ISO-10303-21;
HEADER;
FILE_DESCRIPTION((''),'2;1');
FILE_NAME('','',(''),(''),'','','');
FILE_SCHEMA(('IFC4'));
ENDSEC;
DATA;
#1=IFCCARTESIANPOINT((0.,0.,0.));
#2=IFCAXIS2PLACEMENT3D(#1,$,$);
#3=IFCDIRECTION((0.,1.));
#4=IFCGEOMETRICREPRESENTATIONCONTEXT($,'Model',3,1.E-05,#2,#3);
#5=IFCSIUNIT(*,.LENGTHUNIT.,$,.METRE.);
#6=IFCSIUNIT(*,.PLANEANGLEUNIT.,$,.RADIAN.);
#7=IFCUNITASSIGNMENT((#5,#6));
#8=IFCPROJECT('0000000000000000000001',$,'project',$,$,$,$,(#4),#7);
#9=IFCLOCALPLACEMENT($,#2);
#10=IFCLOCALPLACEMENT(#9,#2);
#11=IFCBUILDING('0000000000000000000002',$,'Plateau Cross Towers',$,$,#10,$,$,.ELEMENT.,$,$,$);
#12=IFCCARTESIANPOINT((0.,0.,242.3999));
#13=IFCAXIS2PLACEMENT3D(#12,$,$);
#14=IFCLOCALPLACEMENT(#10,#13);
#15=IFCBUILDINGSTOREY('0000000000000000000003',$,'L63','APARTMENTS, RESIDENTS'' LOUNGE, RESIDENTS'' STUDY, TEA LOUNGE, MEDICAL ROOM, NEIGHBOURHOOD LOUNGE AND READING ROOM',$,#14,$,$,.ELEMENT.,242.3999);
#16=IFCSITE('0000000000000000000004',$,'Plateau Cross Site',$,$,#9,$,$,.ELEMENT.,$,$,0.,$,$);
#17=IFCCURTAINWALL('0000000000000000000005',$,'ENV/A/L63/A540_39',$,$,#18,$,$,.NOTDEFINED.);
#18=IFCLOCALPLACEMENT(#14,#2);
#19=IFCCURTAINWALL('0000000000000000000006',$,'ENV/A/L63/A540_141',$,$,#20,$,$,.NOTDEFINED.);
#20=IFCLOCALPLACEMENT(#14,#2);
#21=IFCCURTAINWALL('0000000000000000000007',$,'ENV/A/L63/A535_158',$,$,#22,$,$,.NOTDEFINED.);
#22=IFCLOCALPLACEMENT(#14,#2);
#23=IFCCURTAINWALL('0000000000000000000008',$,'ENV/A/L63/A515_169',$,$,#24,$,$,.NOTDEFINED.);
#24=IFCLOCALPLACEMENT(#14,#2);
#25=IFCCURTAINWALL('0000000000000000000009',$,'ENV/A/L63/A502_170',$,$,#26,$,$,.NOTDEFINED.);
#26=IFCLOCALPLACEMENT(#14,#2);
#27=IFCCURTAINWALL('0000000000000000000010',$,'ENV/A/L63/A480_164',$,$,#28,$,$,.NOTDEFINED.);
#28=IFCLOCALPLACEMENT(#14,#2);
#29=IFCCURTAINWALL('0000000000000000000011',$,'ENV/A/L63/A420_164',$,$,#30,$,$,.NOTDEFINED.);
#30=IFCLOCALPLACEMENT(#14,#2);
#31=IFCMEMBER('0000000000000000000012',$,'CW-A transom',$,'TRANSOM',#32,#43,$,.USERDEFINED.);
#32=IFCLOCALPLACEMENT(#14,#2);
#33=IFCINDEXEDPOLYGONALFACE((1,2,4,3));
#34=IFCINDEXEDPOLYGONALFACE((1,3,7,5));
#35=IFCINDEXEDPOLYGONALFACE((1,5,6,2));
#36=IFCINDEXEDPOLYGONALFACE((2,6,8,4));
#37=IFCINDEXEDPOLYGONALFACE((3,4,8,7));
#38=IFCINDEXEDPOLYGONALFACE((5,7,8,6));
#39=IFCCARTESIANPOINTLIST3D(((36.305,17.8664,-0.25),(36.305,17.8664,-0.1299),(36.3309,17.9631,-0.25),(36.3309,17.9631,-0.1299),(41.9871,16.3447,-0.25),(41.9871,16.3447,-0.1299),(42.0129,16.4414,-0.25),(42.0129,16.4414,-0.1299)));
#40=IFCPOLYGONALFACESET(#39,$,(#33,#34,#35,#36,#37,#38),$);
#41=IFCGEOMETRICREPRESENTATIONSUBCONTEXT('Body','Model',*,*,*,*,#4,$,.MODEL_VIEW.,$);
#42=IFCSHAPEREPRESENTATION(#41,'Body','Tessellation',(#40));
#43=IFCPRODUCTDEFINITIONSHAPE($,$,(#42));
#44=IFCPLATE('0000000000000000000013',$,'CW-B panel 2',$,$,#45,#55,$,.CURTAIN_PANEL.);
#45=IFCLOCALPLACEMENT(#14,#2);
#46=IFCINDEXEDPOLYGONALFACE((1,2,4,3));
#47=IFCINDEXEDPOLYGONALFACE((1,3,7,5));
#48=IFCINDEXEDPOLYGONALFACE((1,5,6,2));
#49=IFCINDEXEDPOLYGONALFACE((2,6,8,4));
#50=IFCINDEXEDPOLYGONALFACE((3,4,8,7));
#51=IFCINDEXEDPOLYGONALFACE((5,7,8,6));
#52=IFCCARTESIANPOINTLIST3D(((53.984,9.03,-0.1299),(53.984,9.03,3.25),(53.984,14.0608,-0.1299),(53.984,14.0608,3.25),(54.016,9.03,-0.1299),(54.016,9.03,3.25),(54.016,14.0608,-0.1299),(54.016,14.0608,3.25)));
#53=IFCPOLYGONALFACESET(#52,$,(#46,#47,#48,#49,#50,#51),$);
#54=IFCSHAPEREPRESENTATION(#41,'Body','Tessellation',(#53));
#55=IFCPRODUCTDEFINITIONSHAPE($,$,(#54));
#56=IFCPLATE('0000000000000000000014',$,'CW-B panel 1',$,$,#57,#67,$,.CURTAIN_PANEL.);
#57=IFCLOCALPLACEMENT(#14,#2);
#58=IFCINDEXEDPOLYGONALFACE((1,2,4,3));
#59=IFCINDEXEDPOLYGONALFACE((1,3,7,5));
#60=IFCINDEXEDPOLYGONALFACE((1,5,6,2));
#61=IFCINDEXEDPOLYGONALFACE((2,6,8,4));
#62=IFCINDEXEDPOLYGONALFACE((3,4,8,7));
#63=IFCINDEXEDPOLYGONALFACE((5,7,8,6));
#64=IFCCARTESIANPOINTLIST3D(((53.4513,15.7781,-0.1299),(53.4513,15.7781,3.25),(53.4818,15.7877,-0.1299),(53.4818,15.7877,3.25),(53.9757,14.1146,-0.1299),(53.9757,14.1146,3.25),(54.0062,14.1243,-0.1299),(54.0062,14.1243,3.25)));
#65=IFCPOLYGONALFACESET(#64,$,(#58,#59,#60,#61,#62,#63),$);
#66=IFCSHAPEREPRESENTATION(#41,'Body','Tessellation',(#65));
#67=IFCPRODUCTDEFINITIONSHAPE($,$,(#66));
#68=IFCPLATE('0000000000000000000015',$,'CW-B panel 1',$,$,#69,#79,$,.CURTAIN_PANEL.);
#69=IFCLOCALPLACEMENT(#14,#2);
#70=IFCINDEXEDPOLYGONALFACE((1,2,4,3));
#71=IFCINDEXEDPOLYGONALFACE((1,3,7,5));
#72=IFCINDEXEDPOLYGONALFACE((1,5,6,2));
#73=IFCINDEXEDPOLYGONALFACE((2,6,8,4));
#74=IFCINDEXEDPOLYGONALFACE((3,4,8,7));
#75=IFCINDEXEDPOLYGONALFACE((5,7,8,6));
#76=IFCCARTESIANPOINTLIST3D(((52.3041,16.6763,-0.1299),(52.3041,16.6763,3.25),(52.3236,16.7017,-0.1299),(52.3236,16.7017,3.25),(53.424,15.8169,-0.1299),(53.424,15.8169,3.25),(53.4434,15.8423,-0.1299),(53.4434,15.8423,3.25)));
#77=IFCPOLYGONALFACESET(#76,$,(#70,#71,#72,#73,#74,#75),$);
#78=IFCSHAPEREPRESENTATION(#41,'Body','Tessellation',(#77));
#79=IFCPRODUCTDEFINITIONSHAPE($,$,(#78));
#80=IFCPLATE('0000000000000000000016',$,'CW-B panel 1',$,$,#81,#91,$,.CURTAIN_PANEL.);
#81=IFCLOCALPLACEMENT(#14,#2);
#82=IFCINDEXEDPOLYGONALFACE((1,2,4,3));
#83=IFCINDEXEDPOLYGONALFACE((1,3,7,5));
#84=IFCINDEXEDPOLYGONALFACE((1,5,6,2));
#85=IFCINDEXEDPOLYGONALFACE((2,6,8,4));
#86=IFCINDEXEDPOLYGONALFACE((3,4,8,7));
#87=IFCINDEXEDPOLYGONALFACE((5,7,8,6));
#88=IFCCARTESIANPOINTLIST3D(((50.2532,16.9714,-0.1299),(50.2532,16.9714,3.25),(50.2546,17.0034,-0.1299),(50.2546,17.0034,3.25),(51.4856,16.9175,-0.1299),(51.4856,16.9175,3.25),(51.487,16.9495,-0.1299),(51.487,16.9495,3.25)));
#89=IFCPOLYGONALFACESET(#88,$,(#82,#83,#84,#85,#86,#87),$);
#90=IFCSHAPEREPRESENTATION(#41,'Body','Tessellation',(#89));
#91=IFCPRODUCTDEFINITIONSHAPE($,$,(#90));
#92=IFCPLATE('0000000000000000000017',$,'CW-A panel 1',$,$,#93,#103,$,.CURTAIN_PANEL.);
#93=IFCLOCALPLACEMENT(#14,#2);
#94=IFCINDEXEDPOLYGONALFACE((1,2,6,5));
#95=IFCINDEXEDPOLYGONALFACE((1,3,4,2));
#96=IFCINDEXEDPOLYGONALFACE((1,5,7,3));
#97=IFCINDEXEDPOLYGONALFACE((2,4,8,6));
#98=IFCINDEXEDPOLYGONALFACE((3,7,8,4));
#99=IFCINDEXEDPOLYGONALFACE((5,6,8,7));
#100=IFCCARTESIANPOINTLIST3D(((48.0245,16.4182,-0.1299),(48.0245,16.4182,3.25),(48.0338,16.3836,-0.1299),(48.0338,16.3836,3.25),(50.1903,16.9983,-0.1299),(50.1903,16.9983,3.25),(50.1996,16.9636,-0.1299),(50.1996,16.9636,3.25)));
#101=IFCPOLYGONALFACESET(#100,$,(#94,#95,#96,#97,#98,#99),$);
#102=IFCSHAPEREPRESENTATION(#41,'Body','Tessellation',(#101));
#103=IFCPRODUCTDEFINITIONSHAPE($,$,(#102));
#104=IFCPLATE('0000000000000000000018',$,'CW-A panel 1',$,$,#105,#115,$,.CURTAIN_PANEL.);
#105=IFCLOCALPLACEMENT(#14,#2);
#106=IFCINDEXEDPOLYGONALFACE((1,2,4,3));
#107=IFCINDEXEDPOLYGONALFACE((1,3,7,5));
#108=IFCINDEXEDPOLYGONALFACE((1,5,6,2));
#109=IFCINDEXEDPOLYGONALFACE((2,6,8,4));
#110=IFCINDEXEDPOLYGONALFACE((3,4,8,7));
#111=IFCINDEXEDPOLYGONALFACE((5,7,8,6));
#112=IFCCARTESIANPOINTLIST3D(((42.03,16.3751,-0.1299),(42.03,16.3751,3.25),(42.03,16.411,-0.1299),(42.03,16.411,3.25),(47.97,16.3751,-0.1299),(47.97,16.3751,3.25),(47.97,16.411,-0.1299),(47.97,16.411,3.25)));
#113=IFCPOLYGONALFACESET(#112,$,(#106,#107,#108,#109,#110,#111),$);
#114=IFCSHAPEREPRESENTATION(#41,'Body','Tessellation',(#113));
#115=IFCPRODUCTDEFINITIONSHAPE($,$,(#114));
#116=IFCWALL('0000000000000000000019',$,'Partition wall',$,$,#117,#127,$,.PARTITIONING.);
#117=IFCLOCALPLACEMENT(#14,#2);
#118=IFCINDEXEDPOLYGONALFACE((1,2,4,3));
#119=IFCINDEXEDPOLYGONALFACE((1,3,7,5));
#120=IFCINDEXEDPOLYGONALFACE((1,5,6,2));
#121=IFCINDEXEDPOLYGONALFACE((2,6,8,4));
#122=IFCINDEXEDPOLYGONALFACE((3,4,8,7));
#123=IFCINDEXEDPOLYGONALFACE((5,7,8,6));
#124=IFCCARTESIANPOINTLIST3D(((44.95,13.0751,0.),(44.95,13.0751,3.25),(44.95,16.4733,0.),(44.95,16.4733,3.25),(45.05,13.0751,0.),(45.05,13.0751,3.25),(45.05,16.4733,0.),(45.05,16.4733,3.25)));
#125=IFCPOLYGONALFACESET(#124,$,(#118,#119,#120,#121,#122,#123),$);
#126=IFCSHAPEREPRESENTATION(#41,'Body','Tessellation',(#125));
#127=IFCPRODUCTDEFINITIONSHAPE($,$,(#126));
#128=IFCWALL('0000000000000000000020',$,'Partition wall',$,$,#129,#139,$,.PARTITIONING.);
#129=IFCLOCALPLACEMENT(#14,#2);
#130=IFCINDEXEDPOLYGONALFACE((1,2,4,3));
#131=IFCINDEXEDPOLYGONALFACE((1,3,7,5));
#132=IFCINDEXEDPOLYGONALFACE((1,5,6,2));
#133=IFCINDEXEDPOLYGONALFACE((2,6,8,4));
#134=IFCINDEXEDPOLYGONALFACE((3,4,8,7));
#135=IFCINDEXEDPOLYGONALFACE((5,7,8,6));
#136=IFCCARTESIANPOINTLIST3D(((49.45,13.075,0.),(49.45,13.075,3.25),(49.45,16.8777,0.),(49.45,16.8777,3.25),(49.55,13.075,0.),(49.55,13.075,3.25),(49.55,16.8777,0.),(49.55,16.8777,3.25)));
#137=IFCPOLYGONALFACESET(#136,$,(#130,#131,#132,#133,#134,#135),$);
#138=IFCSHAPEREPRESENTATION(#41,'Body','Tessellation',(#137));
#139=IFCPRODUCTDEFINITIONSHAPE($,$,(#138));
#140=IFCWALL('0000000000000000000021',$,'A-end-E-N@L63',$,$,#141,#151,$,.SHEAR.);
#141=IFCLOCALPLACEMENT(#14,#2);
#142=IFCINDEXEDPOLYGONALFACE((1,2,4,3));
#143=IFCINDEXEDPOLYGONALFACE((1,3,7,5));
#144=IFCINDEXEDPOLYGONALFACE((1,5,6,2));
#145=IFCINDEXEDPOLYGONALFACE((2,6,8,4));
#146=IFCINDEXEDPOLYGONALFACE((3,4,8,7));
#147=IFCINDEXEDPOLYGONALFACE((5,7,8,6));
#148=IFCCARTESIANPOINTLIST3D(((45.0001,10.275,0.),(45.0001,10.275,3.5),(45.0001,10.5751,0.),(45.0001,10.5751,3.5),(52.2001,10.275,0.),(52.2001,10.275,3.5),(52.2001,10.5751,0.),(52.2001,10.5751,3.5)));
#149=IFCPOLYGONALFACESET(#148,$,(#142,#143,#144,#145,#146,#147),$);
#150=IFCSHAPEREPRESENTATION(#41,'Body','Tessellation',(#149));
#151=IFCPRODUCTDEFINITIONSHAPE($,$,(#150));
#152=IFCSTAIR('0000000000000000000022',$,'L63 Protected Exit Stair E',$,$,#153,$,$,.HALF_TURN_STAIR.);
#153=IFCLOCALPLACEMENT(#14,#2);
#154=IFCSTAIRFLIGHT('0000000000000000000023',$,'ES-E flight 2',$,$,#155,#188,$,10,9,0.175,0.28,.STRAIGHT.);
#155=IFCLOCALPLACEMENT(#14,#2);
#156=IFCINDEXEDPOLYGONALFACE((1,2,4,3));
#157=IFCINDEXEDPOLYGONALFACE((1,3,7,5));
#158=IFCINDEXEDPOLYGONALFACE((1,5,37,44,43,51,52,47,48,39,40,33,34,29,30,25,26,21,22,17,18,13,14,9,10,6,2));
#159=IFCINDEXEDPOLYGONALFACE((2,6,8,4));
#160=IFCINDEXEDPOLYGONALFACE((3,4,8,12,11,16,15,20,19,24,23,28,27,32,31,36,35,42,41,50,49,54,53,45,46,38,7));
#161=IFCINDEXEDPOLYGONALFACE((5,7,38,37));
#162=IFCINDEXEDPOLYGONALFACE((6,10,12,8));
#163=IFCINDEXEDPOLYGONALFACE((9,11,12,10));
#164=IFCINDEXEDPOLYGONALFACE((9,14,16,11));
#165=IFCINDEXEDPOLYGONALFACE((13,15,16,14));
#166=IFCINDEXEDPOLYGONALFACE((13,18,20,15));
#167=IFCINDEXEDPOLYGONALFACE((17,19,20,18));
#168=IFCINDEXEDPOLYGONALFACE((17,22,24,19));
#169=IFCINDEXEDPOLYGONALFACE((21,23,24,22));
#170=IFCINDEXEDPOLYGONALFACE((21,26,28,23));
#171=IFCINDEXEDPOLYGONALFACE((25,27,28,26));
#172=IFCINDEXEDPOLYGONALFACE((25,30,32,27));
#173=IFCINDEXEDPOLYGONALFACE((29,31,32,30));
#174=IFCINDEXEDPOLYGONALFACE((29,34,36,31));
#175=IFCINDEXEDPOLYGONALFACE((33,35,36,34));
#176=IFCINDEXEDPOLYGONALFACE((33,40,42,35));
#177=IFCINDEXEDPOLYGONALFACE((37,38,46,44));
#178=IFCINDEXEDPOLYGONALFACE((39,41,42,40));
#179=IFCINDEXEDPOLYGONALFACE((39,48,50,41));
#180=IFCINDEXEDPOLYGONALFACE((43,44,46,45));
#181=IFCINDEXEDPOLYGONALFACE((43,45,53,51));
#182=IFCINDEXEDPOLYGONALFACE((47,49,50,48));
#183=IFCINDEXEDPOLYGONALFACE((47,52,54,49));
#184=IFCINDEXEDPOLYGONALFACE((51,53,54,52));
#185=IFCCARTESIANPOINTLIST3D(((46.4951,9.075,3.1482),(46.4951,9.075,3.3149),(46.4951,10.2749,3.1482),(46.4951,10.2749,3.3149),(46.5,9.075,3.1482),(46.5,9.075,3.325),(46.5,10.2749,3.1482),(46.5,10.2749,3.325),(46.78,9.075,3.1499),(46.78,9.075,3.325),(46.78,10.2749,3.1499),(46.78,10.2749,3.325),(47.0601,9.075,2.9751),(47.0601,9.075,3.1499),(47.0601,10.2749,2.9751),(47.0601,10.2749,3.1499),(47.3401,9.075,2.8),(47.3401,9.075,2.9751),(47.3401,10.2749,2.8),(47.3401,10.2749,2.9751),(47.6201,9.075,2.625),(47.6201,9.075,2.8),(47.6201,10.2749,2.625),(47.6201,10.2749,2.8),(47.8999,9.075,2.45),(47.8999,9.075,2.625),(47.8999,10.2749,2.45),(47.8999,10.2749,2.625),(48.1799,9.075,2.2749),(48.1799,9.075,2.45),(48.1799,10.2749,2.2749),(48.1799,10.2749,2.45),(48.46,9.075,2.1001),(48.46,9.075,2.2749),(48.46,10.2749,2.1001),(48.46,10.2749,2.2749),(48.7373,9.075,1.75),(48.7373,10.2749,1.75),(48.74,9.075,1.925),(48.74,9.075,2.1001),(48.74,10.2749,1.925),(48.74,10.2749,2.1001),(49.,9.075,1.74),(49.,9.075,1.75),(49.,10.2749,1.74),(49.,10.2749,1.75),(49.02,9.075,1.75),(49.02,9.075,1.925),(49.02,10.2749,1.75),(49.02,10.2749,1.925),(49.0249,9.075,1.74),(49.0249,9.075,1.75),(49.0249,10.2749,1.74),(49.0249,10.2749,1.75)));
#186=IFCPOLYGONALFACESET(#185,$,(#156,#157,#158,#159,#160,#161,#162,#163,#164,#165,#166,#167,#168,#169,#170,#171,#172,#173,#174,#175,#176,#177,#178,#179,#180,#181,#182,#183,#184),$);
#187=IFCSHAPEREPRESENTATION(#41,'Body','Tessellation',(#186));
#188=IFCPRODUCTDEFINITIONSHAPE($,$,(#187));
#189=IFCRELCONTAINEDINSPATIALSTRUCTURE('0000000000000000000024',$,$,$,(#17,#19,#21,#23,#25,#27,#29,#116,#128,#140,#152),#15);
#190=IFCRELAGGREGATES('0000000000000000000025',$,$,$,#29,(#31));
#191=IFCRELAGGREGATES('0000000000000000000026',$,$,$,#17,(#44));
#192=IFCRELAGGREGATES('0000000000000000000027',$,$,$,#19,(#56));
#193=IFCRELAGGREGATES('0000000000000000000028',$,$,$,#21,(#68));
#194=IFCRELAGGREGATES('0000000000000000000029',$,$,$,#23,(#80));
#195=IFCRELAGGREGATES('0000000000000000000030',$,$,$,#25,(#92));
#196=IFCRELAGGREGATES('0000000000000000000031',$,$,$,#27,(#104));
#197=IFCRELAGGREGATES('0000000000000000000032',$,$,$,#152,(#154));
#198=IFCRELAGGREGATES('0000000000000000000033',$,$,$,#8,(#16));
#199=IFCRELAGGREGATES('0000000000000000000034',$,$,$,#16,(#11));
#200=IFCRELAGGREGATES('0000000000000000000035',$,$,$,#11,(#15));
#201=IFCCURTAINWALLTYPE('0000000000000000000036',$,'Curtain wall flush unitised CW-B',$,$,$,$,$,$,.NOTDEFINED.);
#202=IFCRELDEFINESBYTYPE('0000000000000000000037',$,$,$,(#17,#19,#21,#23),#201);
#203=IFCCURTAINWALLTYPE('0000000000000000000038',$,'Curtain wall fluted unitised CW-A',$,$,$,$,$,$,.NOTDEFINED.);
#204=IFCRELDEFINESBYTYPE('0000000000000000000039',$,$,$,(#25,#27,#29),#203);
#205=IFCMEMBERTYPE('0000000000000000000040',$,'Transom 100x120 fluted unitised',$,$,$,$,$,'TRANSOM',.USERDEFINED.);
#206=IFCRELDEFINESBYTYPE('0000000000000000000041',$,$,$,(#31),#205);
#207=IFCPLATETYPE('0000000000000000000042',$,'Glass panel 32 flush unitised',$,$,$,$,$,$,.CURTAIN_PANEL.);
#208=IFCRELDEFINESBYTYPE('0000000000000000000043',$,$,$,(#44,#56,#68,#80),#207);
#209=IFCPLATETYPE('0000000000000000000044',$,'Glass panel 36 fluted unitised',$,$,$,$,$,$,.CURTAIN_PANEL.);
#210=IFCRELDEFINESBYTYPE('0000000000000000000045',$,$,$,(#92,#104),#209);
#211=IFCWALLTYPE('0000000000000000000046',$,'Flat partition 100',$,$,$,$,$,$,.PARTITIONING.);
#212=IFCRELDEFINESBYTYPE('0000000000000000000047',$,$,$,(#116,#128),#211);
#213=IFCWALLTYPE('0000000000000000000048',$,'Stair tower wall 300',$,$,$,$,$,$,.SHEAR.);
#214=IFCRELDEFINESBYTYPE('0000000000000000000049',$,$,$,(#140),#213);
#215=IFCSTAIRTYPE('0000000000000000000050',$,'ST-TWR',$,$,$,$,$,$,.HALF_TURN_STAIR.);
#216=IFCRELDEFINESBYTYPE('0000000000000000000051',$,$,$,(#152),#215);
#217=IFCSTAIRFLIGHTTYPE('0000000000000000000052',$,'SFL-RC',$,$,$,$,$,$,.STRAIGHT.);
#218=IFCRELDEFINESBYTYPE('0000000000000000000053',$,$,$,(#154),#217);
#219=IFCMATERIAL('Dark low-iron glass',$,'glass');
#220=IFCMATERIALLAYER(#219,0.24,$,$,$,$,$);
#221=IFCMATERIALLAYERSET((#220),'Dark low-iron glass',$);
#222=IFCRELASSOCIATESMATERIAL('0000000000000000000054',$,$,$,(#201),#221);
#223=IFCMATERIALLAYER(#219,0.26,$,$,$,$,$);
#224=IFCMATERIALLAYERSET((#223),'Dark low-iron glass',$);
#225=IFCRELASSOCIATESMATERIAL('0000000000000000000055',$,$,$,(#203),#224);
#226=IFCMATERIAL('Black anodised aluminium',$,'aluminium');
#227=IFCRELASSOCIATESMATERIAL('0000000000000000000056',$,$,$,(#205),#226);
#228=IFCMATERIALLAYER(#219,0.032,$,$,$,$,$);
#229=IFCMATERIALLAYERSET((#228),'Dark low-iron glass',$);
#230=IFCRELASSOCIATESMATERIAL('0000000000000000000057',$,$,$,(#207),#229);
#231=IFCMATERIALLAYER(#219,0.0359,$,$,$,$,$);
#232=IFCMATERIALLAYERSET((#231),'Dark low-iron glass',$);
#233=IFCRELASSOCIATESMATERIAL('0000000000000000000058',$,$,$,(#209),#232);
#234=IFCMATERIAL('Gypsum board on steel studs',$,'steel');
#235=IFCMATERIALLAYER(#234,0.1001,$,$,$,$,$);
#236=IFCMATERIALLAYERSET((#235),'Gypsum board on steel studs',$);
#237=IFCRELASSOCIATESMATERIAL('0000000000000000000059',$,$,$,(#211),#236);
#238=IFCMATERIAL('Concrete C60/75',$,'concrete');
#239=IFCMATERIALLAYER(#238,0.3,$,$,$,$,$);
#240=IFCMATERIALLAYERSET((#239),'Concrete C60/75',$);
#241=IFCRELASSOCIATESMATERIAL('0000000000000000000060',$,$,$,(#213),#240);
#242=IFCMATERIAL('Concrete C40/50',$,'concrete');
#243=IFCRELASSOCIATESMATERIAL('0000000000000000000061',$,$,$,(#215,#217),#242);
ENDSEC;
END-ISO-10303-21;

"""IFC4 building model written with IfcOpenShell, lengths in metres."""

from ifc_helpers import new_model, si_unit, direction, frame, frame_2d, origin, origin_2d, place, context, subcontext, project, spatial, polyline, rectangle, outline, extrude, material, layer, layer_set, material_profile, profile_set, type_object, element, aggregate, save


model = new_model("IFC4")

# Units and contexts
model_context = context("Model", 3, precision=1e-05, world=origin(), true_north=direction((0.0, 1.0)))
body_context = subcontext(model_context, "Body", "Model", "MODEL_VIEW")
ifc_project = project(units=[si_unit("LENGTHUNIT", "METRE"), si_unit("PLANEANGLEUNIT", "RADIAN")], contexts=[model_context])

# Site, building, storey
site_placement = place(None, origin())
site = spatial("IfcSite", under=ifc_project, at=site_placement, Name="Plateau Cross Site", CompositionType="ELEMENT", RefElevation=0.0)
building_placement = place(site_placement, origin())
building = spatial("IfcBuilding", under=site, at=building_placement, Name="Plateau Cross Towers", CompositionType="ELEMENT")
storey_placement = place(building_placement, frame((0.0, 0.0, 242.3999)))
storey = spatial("IfcBuildingStorey", under=building, at=storey_placement, Name="L63", Description="APARTMENTS, RESIDENTS' LOUNGE, RESIDENTS' STUDY, TEA LOUNGE, MEDICAL ROOM, NEIGHBOURHOOD LOUNGE AND READING ROOM", CompositionType="ELEMENT", Elevation=242.3999)

# Shared definitions
ifc_material_1 = material(Name="Concrete C60/75", Category="concrete")

# Curtain walls
ifc_material_2 = material(Name="Dark low-iron glass", Category="glass")
ifc_layer_1 = layer(ifc_material_2, 0.24)
ifc_layer_set_1 = layer_set([ifc_layer_1], Name="Dark low-iron glass")
curtain_wall_type_1 = type_object("IfcCurtainWallType", Name="Curtain wall flush unitised CW-B", PredefinedType="NOTDEFINED", material=ifc_layer_set_1)
curtain_wall_1_placement = place(storey_placement, origin())
curtain_wall_1 = element("IfcCurtainWall", 1, at=curtain_wall_1_placement, inside=storey, type_object=curtain_wall_type_1, Name="ENV/A/L63/A540_39", PredefinedType="NOTDEFINED")
ifc_material_3 = material(Name="Black anodised aluminium", Category="aluminium")
curtain_wall_2_placement = place(storey_placement, origin())
curtain_wall_2 = element("IfcCurtainWall", 2, at=curtain_wall_2_placement, inside=storey, type_object=curtain_wall_type_1, Name="ENV/A/L63/A540_141", PredefinedType="NOTDEFINED")

# Curtain wall
curtain_wall_3_placement = place(storey_placement, origin())
curtain_wall_3 = element("IfcCurtainWall", 3, at=curtain_wall_3_placement, inside=storey, type_object=curtain_wall_type_1, Name="ENV/A/L63/A535_158", PredefinedType="NOTDEFINED")

# Curtain walls
curtain_wall_4_placement = place(storey_placement, origin())
curtain_wall_4 = element("IfcCurtainWall", 4, at=curtain_wall_4_placement, inside=storey, type_object=curtain_wall_type_1, Name="ENV/A/L63/A515_169", PredefinedType="NOTDEFINED")
ifc_layer_2 = layer(ifc_material_2, 0.26)
ifc_layer_set_2 = layer_set([ifc_layer_2], Name="Dark low-iron glass")
curtain_wall_type_2 = type_object("IfcCurtainWallType", Name="Curtain wall fluted unitised CW-A", PredefinedType="NOTDEFINED", material=ifc_layer_set_2)
curtain_wall_5_placement = place(storey_placement, origin())
curtain_wall_5 = element("IfcCurtainWall", 5, at=curtain_wall_5_placement, inside=storey, type_object=curtain_wall_type_2, Name="ENV/A/L63/A502_170", PredefinedType="NOTDEFINED")
curtain_wall_6_placement = place(storey_placement, origin())
curtain_wall_6 = element("IfcCurtainWall", 6, at=curtain_wall_6_placement, inside=storey, type_object=curtain_wall_type_2, Name="ENV/A/L63/A480_164", PredefinedType="NOTDEFINED")
curtain_wall_7_placement = place(storey_placement, origin())
curtain_wall_7 = element("IfcCurtainWall", 7, at=curtain_wall_7_placement, inside=storey, type_object=curtain_wall_type_2, Name="ENV/A/L63/A420_164", PredefinedType="NOTDEFINED")

# Member
ifc_material_profile_1 = material_profile(ifc_material_3, rectangle(XDim=0.1001, YDim=0.1201, at=origin_2d()), Name="TRANSOM 100x120")
ifc_profile_set_1 = profile_set([ifc_material_profile_1], Name="Black anodised aluminium")
member_type_1 = type_object("IfcMemberType", Name="Transom 100x120 fluted unitised", ElementType="TRANSOM", PredefinedType="USERDEFINED", material=ifc_profile_set_1)
member_1_placement = place(storey_placement, frame((42.0, 16.3931, -0.1899), z_axis=(-0.96596, 0.258693, 0.0), x_axis=(-0.258693, -0.96596, 0.0)))
member_1 = element("IfcMember", 8, at=member_1_placement, type_object=member_type_1, Name="CW-A transom", ObjectType="TRANSOM", PredefinedType="USERDEFINED", context=body_context, shape_type="SweptSolid", body=[
    extrude(rectangle(XDim=0.1001, YDim=0.1201, at=origin_2d()), origin(), (0.0, 0.0, 1.0), 5.8823),
])
aggregate(curtain_wall_7, [member_1])

# Plates
ifc_layer_3 = layer(ifc_material_2, 0.032)
ifc_layer_set_3 = layer_set([ifc_layer_3], Name="Dark low-iron glass")
plate_type_1 = type_object("IfcPlateType", Name="Glass panel 32 flush unitised", PredefinedType="CURTAIN_PANEL", material=ifc_layer_set_3)
plate_1_placement = place(storey_placement, frame((54.0, 11.5454, -0.1299), z_axis=(0.0, 0.0, 1.0), x_axis=(0.0, 1.0, 0.0)))
plate_1 = element("IfcPlate", 9, at=plate_1_placement, type_object=plate_type_1, Name="CW-B panel 2", PredefinedType="CURTAIN_PANEL", context=body_context, shape_type="SweptSolid", body=[
    extrude(rectangle(XDim=5.0308, YDim=0.032, at=origin_2d()), origin(), (0.0, 0.0, 1.0), 3.3799),
])
aggregate(curtain_wall_1, [plate_1])
plate_2_placement = place(storey_placement, frame((53.7288, 14.9512, -0.1299), z_axis=(0.0, 0.0, 1.0), x_axis=(-0.300686, 0.953723, 0.0)))
plate_2 = element("IfcPlate", 10, at=plate_2_placement, type_object=plate_type_1, Name="CW-B panel 1", PredefinedType="CURTAIN_PANEL", context=body_context, shape_type="SweptSolid", body=[
    extrude(rectangle(XDim=1.7441, YDim=0.032, at=origin_2d()), origin(), (0.0, 0.0, 1.0), 3.3799),
])
aggregate(curtain_wall_2, [plate_2])
plate_3_placement = place(storey_placement, frame((52.8738, 16.2593, -0.1299), z_axis=(0.0, 0.0, 1.0), x_axis=(-0.793316, 0.608811, 0.0)))
plate_3 = element("IfcPlate", 11, at=plate_3_placement, type_object=plate_type_1, Name="CW-B panel 1", PredefinedType="CURTAIN_PANEL", context=body_context, shape_type="SweptSolid", body=[
    extrude(rectangle(XDim=1.4116, YDim=0.032, at=origin_2d()), origin(), (0.0, 0.0, 1.0), 3.3799),
])
aggregate(curtain_wall_3, [plate_3])
plate_4_placement = place(storey_placement, frame((50.8701, 16.9604, -0.1299), z_axis=(0.0, 0.0, 1.0), x_axis=(-0.999044, 0.043723, 0.0)))
plate_4 = element("IfcPlate", 12, at=plate_4_placement, type_object=plate_type_1, Name="CW-B panel 1", PredefinedType="CURTAIN_PANEL", context=body_context, shape_type="SweptSolid", body=[
    extrude(rectangle(XDim=1.2336, YDim=0.032, at=origin_2d()), origin(), (0.0, 0.0, 1.0), 3.3799),
])
aggregate(curtain_wall_4, [plate_4])
ifc_layer_4 = layer(ifc_material_2, 0.0359)
ifc_layer_set_4 = layer_set([ifc_layer_4], Name="Dark low-iron glass")
plate_type_2 = type_object("IfcPlateType", Name="Glass panel 36 fluted unitised", PredefinedType="CURTAIN_PANEL", material=ifc_layer_set_4)
plate_5_placement = place(storey_placement, frame((49.1121, 16.6909, -0.1299), z_axis=(0.0, 0.0, 1.0), x_axis=(-0.965958, -0.258699, 0.0)))
plate_5 = element("IfcPlate", 13, at=plate_5_placement, type_object=plate_type_2, Name="CW-A panel 1", PredefinedType="CURTAIN_PANEL", context=body_context, shape_type="SweptSolid", body=[
    extrude(rectangle(XDim=2.2422, YDim=0.0359, at=origin_2d()), origin(), (0.0, 0.0, 1.0), 3.3799),
])
aggregate(curtain_wall_5, [plate_5])
plate_6_placement = place(storey_placement, frame((45.0, 16.3931, -0.1299), z_axis=(0.0, 0.0, 1.0), x_axis=(-1.0, 0.0, 0.0)))
plate_6 = element("IfcPlate", 14, at=plate_6_placement, type_object=plate_type_2, Name="CW-A panel 1", PredefinedType="CURTAIN_PANEL", context=body_context, shape_type="SweptSolid", body=[
    extrude(rectangle(XDim=5.9399, YDim=0.0359, at=origin_2d()), origin(), (0.0, 0.0, 1.0), 3.3799),
])
aggregate(curtain_wall_6, [plate_6])

# Walls
ifc_material_4 = material(Name="Gypsum board on steel studs", Category="steel")
ifc_layer_5 = layer(ifc_material_4, 0.1001)
ifc_layer_set_5 = layer_set([ifc_layer_5], Name="Gypsum board on steel studs")
wall_type_1 = type_object("IfcWallType", Name="Flat partition 100", PredefinedType="PARTITIONING", material=ifc_layer_set_5)
wall_1_placement = place(storey_placement, frame((45.0, 13.075, 0.0), z_axis=(0.0, 0.0, 1.0), x_axis=(0.0, 1.0, 0.0)))
element("IfcWall", 15, at=wall_1_placement, inside=storey, type_object=wall_type_1, Name="Partition wall", PredefinedType="PARTITIONING", context=body_context, shape_type="SweptSolid", body=[
    extrude(rectangle(XDim=3.3982, YDim=0.1001, at=frame_2d((1.6992, 0.0))), origin(), (0.0, 0.0, 1.0), 3.25),
])
wall_2_placement = place(storey_placement, frame((49.5, 13.075, 0.0), z_axis=(0.0, 0.0, 1.0), x_axis=(0.0, 1.0, 0.0)))
element("IfcWall", 16, at=wall_2_placement, inside=storey, type_object=wall_type_1, Name="Partition wall", PredefinedType="PARTITIONING", context=body_context, shape_type="SweptSolid", body=[
    extrude(rectangle(XDim=3.8027, YDim=0.1001, at=frame_2d((1.9014, 0.0))), origin(), (0.0, 0.0, 1.0), 3.25),
])
ifc_layer_6 = layer(ifc_material_1, 0.3)
ifc_layer_set_6 = layer_set([ifc_layer_6], Name="Concrete C60/75")
wall_type_2 = type_object("IfcWallType", Name="Stair tower wall 300", PredefinedType="SHEAR", material=ifc_layer_set_6)
wall_3_placement = place(storey_placement, frame((45.0, 10.425, 0.0), z_axis=(0.0, 0.0, 1.0), x_axis=(1.0, 0.0, 0.0)))
element("IfcWall", 17, at=wall_3_placement, inside=storey, type_object=wall_type_2, Name="A-end-E-N@L63", PredefinedType="SHEAR", context=body_context, shape_type="SweptSolid", body=[
    extrude(rectangle(XDim=7.2, YDim=0.3, at=frame_2d((3.6001, 0.0))), origin(), (0.0, 0.0, 1.0), 3.5),
])

# Stair, stair flight
ifc_material_5 = material(Name="Concrete C40/50", Category="concrete")
stair_type = type_object("IfcStairType", Name="ST-TWR", PredefinedType="HALF_TURN_STAIR", material=ifc_material_5)
stair_placement = place(storey_placement, origin())
stair = element("IfcStair", 18, at=stair_placement, inside=storey, type_object=stair_type, Name="L63 Protected Exit Stair E", PredefinedType="HALF_TURN_STAIR")
stair_flight_type = type_object("IfcStairFlightType", Name="SFL-RC", PredefinedType="STRAIGHT", material=ifc_material_5)
stair_flight_placement = place(storey_placement, frame((49.02, 9.675, 1.75), z_axis=(0.0, 0.0, 1.0), x_axis=(-1.0, 0.0, 0.0)))
stair_flight = element("IfcStairFlight", 19, at=stair_flight_placement, type_object=stair_flight_type, Name="ES-E flight 2", NumberOfRisers=10, NumberOfTreads=9, PredefinedType="STRAIGHT", RiserHeight=0.175, TreadLength=0.28, context=body_context, shape_type="SweptSolid", body=[
    extrude(outline(polyline([(-0.0049, -0.01), (-0.0049, 0.0), (0.0, 0.0), (0.0, 0.175), (0.28, 0.175), (0.28, 0.3501), (0.5601, 0.3501), (0.5601, 0.5249), (0.8401, 0.5249), (0.8401, 0.7), (1.1201, 0.7), (1.1201, 0.875), (1.3999, 0.875), (1.3999, 1.05), (1.6799, 1.05), (1.6799, 1.2251), (1.96, 1.2251), (1.96, 1.3999), (2.24, 1.3999), (2.24, 1.575), (2.52, 1.575), (2.5249, 1.5649), (2.5249, 1.3982), (2.52, 1.3982), (0.2827, 0.0), (0.02, 0.0), (0.02, -0.01), (-0.0049, -0.01)])), frame((0.0, 0.6001, 0.0), z_axis=(0.0, -1.0, 0.0), x_axis=(1.0, 0.0, 0.0)), (0.0, 0.0, 1.0), 1.2),
])
aggregate(stair, [stair_flight])

save(model, "model.ifc")
